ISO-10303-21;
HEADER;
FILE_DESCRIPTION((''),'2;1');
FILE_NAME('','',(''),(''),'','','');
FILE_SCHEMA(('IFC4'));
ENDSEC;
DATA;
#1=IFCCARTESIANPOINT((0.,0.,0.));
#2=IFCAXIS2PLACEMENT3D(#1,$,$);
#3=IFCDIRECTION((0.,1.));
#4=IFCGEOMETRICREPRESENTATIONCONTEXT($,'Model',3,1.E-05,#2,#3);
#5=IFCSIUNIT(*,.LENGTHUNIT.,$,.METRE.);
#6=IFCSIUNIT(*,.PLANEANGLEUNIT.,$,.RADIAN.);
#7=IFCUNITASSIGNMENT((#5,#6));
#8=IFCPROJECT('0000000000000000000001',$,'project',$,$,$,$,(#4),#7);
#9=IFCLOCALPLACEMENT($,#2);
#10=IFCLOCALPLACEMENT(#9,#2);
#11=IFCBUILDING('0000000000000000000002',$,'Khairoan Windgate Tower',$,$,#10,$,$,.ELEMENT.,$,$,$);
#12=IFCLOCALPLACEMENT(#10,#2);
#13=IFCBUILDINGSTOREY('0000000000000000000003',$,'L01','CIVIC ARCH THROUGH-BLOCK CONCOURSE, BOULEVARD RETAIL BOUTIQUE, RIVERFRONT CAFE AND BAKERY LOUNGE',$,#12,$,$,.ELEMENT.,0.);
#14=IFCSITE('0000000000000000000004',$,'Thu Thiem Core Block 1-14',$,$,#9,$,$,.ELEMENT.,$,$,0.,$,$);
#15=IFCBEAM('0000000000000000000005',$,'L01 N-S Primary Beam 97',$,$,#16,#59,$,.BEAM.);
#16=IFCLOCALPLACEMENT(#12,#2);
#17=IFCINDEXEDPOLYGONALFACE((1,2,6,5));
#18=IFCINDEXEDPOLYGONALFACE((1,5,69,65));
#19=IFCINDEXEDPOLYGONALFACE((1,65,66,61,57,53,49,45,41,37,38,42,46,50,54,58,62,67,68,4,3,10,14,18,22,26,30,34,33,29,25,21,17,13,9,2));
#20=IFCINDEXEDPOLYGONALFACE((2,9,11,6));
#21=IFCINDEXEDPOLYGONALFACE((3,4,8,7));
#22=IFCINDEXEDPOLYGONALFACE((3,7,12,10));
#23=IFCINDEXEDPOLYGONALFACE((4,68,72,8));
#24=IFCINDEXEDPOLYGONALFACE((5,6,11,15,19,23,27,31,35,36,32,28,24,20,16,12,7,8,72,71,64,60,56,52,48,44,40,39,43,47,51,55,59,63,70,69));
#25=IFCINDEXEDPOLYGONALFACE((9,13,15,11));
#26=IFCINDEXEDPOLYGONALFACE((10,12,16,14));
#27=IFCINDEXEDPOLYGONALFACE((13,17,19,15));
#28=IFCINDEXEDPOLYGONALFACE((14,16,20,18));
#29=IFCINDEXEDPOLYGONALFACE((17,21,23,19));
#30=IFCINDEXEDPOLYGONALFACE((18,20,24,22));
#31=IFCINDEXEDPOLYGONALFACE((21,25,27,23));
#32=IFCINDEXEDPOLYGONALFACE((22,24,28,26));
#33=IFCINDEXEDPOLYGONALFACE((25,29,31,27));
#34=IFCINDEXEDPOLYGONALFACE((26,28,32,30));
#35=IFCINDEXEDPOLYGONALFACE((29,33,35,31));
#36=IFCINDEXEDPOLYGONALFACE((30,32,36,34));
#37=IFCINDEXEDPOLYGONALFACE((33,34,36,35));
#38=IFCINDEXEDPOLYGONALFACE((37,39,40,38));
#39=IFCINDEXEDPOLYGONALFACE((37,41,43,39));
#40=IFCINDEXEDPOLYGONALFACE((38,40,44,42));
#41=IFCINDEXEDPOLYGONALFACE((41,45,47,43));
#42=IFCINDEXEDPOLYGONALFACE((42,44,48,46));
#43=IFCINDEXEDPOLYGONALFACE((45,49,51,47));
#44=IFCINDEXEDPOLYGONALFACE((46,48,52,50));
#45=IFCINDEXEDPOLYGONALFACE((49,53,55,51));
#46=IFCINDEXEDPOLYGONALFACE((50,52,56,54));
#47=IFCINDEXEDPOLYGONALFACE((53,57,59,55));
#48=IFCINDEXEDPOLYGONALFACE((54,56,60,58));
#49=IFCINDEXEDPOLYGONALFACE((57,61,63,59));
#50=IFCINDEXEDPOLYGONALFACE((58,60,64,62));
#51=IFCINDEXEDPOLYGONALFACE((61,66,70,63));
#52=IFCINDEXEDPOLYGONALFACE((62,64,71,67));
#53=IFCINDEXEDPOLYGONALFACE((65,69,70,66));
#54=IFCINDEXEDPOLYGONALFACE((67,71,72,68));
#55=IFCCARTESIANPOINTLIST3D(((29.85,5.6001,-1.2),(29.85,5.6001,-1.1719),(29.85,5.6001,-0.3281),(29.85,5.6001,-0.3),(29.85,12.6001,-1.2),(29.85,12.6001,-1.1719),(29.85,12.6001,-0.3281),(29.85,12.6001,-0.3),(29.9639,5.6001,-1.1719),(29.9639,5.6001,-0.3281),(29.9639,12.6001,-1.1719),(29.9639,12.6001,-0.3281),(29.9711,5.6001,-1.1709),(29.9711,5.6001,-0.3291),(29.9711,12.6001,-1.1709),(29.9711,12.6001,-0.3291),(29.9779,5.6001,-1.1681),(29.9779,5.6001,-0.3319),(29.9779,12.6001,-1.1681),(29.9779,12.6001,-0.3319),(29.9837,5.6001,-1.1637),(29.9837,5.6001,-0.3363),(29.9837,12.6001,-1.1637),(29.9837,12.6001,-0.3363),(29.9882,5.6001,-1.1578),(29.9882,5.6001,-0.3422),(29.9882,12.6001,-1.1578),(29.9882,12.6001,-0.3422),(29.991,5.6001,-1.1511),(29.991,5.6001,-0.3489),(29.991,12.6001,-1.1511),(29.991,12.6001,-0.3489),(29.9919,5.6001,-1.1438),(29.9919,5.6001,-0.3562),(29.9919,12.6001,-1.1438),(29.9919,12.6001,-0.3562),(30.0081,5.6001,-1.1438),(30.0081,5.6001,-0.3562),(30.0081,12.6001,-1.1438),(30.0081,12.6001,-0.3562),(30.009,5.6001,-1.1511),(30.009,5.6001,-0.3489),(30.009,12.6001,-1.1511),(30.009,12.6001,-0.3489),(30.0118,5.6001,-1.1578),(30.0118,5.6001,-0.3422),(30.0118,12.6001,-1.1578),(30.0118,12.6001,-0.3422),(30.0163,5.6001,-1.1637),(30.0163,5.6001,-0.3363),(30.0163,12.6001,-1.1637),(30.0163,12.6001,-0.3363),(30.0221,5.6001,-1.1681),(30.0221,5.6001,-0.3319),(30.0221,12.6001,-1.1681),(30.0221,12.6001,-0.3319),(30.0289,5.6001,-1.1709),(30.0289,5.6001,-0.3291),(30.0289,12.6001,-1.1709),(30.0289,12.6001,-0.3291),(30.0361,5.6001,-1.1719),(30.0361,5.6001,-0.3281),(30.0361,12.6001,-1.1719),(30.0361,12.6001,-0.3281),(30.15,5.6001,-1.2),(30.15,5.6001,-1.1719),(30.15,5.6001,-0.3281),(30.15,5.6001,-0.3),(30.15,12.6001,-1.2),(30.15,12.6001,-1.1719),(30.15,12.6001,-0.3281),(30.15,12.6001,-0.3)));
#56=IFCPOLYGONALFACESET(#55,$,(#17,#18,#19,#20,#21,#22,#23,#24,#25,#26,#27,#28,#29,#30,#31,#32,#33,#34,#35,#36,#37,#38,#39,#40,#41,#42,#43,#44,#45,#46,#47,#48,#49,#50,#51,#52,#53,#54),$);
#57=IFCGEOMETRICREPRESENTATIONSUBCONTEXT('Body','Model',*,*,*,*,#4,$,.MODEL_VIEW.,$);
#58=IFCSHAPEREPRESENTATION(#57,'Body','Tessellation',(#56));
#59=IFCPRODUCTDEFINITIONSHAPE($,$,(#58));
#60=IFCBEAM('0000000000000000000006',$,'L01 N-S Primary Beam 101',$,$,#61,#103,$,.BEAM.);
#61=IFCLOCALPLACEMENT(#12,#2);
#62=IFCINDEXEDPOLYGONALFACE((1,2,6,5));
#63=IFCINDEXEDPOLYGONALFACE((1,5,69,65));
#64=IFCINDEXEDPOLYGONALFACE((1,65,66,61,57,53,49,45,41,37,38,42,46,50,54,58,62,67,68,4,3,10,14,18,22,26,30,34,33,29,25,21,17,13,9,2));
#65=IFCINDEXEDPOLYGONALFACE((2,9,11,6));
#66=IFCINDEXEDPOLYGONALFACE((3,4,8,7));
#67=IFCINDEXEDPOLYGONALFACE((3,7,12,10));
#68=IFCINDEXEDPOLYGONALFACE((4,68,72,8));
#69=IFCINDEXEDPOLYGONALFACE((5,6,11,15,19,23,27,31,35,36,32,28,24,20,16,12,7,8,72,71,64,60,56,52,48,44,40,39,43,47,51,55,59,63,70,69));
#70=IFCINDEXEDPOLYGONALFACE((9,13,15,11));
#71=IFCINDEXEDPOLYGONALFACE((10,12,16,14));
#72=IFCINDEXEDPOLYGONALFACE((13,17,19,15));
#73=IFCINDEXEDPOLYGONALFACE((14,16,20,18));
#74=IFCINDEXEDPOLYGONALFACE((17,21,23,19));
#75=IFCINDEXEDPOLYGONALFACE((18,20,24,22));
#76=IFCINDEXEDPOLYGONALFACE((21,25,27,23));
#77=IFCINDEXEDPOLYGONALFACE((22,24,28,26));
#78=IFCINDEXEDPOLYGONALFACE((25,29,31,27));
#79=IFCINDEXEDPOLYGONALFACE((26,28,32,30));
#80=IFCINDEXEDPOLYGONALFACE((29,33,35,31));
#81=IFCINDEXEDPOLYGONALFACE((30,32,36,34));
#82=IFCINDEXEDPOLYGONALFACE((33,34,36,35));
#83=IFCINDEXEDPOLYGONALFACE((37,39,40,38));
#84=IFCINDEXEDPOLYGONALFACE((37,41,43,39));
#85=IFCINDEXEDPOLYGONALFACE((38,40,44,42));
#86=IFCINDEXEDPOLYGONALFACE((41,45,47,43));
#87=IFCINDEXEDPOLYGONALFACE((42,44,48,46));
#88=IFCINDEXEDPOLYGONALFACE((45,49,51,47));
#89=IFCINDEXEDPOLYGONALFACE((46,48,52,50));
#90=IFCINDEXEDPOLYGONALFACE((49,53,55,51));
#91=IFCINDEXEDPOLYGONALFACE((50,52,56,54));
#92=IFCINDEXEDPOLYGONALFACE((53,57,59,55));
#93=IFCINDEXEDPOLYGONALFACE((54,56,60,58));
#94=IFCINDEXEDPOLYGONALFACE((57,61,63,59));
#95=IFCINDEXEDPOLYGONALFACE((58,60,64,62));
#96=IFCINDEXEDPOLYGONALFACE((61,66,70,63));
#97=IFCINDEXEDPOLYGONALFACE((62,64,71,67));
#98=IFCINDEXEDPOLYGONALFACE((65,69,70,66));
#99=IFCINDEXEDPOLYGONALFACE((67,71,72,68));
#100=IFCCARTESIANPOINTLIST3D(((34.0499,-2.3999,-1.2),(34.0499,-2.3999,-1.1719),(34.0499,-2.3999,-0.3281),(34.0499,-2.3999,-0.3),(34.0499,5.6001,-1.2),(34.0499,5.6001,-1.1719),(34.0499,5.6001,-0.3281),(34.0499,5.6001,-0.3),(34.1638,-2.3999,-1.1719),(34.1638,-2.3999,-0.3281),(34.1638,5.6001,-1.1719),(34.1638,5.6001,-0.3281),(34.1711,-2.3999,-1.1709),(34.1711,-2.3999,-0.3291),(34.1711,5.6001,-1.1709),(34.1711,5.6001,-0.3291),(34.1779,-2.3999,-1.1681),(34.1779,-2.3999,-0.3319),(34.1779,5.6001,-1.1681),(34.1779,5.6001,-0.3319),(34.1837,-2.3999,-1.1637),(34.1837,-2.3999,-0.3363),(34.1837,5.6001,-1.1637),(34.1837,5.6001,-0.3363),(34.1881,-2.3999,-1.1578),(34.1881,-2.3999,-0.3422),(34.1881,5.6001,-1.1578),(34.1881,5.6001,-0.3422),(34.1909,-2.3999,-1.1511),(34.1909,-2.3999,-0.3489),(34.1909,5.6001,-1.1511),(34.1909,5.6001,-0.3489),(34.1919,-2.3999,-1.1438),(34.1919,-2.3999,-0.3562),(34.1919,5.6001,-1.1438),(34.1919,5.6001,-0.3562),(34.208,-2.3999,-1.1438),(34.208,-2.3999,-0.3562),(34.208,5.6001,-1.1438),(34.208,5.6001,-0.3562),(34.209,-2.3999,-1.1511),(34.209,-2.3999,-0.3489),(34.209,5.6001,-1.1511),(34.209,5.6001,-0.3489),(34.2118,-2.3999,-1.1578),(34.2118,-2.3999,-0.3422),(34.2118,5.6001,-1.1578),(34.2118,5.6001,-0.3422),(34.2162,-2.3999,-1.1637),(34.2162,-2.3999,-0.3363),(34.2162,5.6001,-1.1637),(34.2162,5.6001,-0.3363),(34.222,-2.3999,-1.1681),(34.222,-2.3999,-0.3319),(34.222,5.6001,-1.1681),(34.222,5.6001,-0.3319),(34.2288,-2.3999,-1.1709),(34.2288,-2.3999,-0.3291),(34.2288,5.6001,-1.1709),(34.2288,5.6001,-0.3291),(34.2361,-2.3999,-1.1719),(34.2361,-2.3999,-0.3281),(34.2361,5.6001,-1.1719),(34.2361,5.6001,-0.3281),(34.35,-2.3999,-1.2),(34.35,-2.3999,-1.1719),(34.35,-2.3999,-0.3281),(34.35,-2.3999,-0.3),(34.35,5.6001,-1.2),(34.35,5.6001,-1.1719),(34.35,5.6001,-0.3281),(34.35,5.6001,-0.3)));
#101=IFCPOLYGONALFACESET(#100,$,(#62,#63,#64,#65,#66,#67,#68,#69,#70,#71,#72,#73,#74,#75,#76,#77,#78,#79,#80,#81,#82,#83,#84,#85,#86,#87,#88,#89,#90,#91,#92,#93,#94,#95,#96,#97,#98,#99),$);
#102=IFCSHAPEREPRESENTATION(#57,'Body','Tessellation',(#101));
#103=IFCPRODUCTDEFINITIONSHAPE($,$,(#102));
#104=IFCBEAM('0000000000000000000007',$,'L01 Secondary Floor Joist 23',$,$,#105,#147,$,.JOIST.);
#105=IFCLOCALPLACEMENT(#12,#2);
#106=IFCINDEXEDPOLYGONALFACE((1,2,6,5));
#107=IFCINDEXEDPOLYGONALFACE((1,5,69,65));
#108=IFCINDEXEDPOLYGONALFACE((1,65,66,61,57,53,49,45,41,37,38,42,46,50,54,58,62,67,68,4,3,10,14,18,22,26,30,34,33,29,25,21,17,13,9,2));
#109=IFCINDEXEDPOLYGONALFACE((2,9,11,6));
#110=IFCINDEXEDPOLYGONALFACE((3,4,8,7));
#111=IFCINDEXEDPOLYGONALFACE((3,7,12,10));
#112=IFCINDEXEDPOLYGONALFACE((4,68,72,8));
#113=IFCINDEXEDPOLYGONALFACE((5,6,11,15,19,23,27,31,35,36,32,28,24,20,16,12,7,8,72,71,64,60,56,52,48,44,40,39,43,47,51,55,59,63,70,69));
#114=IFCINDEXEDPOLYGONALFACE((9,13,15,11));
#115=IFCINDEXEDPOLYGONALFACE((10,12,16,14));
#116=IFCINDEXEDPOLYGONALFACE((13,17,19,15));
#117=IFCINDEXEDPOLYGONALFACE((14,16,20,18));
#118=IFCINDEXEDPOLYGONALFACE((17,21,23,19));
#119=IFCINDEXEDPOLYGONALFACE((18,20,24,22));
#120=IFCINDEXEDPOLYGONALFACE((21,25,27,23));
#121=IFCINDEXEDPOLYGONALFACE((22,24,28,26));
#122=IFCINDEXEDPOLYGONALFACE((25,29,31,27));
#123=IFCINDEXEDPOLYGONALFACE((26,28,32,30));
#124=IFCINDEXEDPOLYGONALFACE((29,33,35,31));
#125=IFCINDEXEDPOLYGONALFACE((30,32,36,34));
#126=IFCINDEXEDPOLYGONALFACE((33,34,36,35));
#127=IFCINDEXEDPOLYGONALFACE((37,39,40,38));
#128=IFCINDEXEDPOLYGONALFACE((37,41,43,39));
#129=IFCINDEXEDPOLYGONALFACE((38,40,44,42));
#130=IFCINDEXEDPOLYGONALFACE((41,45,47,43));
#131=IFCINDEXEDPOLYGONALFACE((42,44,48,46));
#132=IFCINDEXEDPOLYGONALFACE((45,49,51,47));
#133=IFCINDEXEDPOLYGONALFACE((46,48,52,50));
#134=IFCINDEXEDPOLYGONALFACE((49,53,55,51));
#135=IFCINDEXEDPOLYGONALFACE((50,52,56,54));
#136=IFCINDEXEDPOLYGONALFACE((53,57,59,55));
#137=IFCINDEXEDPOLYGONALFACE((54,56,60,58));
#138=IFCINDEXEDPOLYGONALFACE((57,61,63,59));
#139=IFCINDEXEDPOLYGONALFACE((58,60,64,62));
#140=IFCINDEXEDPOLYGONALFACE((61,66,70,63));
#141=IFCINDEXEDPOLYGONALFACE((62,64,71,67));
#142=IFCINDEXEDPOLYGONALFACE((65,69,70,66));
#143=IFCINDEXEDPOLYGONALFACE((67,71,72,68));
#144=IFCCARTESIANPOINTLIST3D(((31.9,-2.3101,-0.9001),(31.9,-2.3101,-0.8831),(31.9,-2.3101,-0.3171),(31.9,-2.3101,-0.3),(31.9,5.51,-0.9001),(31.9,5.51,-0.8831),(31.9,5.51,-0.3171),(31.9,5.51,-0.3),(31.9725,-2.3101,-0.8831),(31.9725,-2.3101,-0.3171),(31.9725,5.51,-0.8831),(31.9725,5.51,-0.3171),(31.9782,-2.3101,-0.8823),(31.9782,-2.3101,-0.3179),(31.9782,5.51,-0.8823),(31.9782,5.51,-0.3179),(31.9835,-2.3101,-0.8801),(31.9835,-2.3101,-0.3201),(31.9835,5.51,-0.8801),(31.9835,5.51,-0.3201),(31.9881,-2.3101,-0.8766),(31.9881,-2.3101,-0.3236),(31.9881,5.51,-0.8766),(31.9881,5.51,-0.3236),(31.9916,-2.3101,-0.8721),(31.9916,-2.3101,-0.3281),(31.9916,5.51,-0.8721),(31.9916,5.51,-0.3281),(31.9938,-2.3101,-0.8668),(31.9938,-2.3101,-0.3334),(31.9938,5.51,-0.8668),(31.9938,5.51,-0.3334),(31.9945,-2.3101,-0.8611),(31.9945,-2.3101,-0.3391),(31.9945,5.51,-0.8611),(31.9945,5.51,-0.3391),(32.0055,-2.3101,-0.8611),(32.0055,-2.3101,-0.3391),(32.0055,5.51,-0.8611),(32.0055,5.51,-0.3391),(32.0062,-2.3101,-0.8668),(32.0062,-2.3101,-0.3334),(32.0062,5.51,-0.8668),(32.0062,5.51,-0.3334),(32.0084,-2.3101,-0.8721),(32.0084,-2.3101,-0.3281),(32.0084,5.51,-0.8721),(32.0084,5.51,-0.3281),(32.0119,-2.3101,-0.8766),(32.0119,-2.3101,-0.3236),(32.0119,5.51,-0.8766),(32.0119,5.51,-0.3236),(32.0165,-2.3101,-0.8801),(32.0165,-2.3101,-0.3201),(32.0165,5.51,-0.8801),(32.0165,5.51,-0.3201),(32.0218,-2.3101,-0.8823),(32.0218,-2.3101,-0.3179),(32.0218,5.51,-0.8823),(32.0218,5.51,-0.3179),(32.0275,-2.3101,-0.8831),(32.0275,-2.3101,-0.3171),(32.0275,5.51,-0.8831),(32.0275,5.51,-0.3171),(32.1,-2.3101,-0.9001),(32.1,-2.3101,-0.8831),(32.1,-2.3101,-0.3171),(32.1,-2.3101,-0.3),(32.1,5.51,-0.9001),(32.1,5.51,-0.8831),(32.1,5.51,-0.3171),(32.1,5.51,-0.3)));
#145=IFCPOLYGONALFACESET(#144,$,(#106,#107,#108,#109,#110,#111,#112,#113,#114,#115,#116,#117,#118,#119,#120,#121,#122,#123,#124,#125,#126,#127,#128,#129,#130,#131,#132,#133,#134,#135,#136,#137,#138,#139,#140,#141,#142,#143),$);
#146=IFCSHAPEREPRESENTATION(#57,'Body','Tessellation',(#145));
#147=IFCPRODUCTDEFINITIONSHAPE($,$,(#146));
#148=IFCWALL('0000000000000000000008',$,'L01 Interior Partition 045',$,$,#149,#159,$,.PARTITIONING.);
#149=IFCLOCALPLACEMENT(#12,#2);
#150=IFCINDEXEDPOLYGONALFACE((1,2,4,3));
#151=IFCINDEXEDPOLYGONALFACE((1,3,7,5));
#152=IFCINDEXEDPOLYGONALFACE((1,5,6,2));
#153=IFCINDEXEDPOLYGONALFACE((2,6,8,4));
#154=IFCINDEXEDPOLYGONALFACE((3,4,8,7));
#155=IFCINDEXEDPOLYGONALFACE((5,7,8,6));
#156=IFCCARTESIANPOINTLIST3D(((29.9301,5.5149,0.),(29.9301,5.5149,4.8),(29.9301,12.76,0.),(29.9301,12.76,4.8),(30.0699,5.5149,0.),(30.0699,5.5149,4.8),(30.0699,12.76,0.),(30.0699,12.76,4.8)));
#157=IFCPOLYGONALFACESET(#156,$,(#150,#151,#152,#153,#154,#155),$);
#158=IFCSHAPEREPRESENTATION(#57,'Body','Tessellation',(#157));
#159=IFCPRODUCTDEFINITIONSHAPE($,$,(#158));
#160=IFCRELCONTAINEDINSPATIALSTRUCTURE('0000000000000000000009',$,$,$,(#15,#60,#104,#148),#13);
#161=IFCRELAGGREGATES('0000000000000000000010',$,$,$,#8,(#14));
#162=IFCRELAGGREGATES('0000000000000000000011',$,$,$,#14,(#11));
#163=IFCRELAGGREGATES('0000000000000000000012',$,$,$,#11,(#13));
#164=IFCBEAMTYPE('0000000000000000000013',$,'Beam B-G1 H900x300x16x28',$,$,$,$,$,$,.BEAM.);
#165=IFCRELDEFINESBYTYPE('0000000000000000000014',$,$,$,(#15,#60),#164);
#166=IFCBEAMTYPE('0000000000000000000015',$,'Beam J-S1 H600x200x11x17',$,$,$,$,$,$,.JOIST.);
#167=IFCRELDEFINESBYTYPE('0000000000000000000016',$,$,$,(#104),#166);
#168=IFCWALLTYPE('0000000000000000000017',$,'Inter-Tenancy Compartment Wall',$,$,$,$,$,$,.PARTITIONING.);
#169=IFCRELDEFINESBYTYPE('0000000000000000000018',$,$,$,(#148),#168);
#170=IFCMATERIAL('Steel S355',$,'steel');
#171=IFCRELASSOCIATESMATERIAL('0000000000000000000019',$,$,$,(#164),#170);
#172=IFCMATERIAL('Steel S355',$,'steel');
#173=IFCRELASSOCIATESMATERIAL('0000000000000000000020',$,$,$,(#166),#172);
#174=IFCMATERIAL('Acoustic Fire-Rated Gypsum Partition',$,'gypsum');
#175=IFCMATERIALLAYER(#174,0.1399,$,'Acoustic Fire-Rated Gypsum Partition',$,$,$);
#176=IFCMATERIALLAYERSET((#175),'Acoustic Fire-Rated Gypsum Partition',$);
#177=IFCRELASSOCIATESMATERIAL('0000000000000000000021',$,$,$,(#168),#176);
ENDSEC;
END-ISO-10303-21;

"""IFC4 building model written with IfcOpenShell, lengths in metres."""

from ifc_helpers import new_model, si_unit, direction, frame, frame_2d, origin, origin_2d, place, context, subcontext, project, spatial, rectangle, i_section, extrude, material, layer, layer_set, material_profile, profile_set, type_object, element, save


model = new_model("IFC4")

# Units and contexts
model_context = context("Model", 3, precision=1e-05, world=origin(), true_north=direction((0.0, 1.0)))
body_context = subcontext(model_context, "Body", "Model", "MODEL_VIEW")
ifc_project = project(units=[si_unit("LENGTHUNIT", "METRE"), si_unit("PLANEANGLEUNIT", "RADIAN")], contexts=[model_context])

# Site, building, storey
site_placement = place(None, origin())
site = spatial("IfcSite", under=ifc_project, at=site_placement, Name="Thu Thiem Core Block 1-14", CompositionType="ELEMENT", RefElevation=0.0)
building_placement = place(site_placement, origin())
building = spatial("IfcBuilding", under=site, at=building_placement, Name="Khairoan Windgate Tower", CompositionType="ELEMENT")
storey_placement = place(building_placement, origin())
storey = spatial("IfcBuildingStorey", under=building, at=storey_placement, Name="L01", Description="CIVIC ARCH THROUGH-BLOCK CONCOURSE, BOULEVARD RETAIL BOUTIQUE, RIVERFRONT CAFE AND BAKERY LOUNGE", CompositionType="ELEMENT", Elevation=0.0)

# Beams
ifc_material_1 = material(Name="Steel S355", Category="steel")
ifc_material_profile_1 = material_profile(ifc_material_1, i_section(OverallWidth=0.3, OverallDepth=0.8999, WebThickness=0.0161, FlangeThickness=0.0281, FilletRadius=0.0281, at=origin_2d()))
ifc_profile_set_1 = profile_set([ifc_material_profile_1], Name="Steel S355")
beam_type_1 = type_object("IfcBeamType", Name="Beam B-G1 H900x300x16x28", PredefinedType="BEAM", material=ifc_profile_set_1)
beam_1_placement = place(storey_placement, frame((30.0, 5.6001, -0.75), z_axis=(0.0, 1.0, 0.0), x_axis=(-1.0, 0.0, 0.0)))
element("IfcBeam", 1, at=beam_1_placement, inside=storey, type_object=beam_type_1, Name="L01 N-S Primary Beam 97", PredefinedType="BEAM", context=body_context, shape_type="SweptSolid", body=[
    extrude(i_section(OverallWidth=0.3, OverallDepth=0.8999, WebThickness=0.0161, FlangeThickness=0.0281, FilletRadius=0.0281, at=origin_2d()), origin(), (0.0, 0.0, 1.0), 7.0),
])
beam_2_placement = place(storey_placement, frame((34.2, -2.3999, -0.75), z_axis=(0.0, 1.0, 0.0), x_axis=(-1.0, 0.0, 0.0)))
element("IfcBeam", 2, at=beam_2_placement, inside=storey, type_object=beam_type_1, Name="L01 N-S Primary Beam 101", PredefinedType="BEAM", context=body_context, shape_type="SweptSolid", body=[
    extrude(i_section(OverallWidth=0.3, OverallDepth=0.8999, WebThickness=0.0161, FlangeThickness=0.0281, FilletRadius=0.0281, at=origin_2d()), origin(), (0.0, 0.0, 1.0), 8.0),
])
ifc_material_2 = material(Name="Steel S355", Category="steel")
ifc_material_profile_2 = material_profile(ifc_material_2, i_section(OverallWidth=0.2, OverallDepth=0.6001, WebThickness=0.011, FlangeThickness=0.0171, FilletRadius=0.022, at=origin_2d()))
ifc_profile_set_2 = profile_set([ifc_material_profile_2], Name="Steel S355")
beam_type_2 = type_object("IfcBeamType", Name="Beam J-S1 H600x200x11x17", PredefinedType="JOIST", material=ifc_profile_set_2)
beam_3_placement = place(storey_placement, frame((32.0, -2.3101, -0.6001), z_axis=(0.0, 1.0, 0.0), x_axis=(-1.0, 0.0, 0.0)))
element("IfcBeam", 3, at=beam_3_placement, inside=storey, type_object=beam_type_2, Name="L01 Secondary Floor Joist 23", PredefinedType="JOIST", context=body_context, shape_type="SweptSolid", body=[
    extrude(i_section(OverallWidth=0.2, OverallDepth=0.6001, WebThickness=0.011, FlangeThickness=0.0171, FilletRadius=0.022, at=origin_2d()), origin(), (0.0, 0.0, 1.0), 7.8201),
])

# Wall
ifc_material_3 = material(Name="Acoustic Fire-Rated Gypsum Partition", Category="gypsum")
ifc_layer_1 = layer(ifc_material_3, 0.1399, Name="Acoustic Fire-Rated Gypsum Partition")
ifc_layer_set_1 = layer_set([ifc_layer_1], Name="Acoustic Fire-Rated Gypsum Partition")
wall_type_1 = type_object("IfcWallType", Name="Inter-Tenancy Compartment Wall", PredefinedType="PARTITIONING", material=ifc_layer_set_1)
wall_1_placement = place(storey_placement, frame((30.0, 5.5149, 0.0), z_axis=(0.0, 0.0, 1.0), x_axis=(0.0, 1.0, 0.0)))
element("IfcWall", 4, at=wall_1_placement, inside=storey, type_object=wall_type_1, Name="L01 Interior Partition 045", PredefinedType="PARTITIONING", context=body_context, shape_type="SweptSolid", body=[
    extrude(rectangle(XDim=7.2451, YDim=0.1399, at=frame_2d((3.6226, 0.0))), origin(), (0.0, 0.0, 1.0), 4.8),
])

save(model, "model.ifc")
